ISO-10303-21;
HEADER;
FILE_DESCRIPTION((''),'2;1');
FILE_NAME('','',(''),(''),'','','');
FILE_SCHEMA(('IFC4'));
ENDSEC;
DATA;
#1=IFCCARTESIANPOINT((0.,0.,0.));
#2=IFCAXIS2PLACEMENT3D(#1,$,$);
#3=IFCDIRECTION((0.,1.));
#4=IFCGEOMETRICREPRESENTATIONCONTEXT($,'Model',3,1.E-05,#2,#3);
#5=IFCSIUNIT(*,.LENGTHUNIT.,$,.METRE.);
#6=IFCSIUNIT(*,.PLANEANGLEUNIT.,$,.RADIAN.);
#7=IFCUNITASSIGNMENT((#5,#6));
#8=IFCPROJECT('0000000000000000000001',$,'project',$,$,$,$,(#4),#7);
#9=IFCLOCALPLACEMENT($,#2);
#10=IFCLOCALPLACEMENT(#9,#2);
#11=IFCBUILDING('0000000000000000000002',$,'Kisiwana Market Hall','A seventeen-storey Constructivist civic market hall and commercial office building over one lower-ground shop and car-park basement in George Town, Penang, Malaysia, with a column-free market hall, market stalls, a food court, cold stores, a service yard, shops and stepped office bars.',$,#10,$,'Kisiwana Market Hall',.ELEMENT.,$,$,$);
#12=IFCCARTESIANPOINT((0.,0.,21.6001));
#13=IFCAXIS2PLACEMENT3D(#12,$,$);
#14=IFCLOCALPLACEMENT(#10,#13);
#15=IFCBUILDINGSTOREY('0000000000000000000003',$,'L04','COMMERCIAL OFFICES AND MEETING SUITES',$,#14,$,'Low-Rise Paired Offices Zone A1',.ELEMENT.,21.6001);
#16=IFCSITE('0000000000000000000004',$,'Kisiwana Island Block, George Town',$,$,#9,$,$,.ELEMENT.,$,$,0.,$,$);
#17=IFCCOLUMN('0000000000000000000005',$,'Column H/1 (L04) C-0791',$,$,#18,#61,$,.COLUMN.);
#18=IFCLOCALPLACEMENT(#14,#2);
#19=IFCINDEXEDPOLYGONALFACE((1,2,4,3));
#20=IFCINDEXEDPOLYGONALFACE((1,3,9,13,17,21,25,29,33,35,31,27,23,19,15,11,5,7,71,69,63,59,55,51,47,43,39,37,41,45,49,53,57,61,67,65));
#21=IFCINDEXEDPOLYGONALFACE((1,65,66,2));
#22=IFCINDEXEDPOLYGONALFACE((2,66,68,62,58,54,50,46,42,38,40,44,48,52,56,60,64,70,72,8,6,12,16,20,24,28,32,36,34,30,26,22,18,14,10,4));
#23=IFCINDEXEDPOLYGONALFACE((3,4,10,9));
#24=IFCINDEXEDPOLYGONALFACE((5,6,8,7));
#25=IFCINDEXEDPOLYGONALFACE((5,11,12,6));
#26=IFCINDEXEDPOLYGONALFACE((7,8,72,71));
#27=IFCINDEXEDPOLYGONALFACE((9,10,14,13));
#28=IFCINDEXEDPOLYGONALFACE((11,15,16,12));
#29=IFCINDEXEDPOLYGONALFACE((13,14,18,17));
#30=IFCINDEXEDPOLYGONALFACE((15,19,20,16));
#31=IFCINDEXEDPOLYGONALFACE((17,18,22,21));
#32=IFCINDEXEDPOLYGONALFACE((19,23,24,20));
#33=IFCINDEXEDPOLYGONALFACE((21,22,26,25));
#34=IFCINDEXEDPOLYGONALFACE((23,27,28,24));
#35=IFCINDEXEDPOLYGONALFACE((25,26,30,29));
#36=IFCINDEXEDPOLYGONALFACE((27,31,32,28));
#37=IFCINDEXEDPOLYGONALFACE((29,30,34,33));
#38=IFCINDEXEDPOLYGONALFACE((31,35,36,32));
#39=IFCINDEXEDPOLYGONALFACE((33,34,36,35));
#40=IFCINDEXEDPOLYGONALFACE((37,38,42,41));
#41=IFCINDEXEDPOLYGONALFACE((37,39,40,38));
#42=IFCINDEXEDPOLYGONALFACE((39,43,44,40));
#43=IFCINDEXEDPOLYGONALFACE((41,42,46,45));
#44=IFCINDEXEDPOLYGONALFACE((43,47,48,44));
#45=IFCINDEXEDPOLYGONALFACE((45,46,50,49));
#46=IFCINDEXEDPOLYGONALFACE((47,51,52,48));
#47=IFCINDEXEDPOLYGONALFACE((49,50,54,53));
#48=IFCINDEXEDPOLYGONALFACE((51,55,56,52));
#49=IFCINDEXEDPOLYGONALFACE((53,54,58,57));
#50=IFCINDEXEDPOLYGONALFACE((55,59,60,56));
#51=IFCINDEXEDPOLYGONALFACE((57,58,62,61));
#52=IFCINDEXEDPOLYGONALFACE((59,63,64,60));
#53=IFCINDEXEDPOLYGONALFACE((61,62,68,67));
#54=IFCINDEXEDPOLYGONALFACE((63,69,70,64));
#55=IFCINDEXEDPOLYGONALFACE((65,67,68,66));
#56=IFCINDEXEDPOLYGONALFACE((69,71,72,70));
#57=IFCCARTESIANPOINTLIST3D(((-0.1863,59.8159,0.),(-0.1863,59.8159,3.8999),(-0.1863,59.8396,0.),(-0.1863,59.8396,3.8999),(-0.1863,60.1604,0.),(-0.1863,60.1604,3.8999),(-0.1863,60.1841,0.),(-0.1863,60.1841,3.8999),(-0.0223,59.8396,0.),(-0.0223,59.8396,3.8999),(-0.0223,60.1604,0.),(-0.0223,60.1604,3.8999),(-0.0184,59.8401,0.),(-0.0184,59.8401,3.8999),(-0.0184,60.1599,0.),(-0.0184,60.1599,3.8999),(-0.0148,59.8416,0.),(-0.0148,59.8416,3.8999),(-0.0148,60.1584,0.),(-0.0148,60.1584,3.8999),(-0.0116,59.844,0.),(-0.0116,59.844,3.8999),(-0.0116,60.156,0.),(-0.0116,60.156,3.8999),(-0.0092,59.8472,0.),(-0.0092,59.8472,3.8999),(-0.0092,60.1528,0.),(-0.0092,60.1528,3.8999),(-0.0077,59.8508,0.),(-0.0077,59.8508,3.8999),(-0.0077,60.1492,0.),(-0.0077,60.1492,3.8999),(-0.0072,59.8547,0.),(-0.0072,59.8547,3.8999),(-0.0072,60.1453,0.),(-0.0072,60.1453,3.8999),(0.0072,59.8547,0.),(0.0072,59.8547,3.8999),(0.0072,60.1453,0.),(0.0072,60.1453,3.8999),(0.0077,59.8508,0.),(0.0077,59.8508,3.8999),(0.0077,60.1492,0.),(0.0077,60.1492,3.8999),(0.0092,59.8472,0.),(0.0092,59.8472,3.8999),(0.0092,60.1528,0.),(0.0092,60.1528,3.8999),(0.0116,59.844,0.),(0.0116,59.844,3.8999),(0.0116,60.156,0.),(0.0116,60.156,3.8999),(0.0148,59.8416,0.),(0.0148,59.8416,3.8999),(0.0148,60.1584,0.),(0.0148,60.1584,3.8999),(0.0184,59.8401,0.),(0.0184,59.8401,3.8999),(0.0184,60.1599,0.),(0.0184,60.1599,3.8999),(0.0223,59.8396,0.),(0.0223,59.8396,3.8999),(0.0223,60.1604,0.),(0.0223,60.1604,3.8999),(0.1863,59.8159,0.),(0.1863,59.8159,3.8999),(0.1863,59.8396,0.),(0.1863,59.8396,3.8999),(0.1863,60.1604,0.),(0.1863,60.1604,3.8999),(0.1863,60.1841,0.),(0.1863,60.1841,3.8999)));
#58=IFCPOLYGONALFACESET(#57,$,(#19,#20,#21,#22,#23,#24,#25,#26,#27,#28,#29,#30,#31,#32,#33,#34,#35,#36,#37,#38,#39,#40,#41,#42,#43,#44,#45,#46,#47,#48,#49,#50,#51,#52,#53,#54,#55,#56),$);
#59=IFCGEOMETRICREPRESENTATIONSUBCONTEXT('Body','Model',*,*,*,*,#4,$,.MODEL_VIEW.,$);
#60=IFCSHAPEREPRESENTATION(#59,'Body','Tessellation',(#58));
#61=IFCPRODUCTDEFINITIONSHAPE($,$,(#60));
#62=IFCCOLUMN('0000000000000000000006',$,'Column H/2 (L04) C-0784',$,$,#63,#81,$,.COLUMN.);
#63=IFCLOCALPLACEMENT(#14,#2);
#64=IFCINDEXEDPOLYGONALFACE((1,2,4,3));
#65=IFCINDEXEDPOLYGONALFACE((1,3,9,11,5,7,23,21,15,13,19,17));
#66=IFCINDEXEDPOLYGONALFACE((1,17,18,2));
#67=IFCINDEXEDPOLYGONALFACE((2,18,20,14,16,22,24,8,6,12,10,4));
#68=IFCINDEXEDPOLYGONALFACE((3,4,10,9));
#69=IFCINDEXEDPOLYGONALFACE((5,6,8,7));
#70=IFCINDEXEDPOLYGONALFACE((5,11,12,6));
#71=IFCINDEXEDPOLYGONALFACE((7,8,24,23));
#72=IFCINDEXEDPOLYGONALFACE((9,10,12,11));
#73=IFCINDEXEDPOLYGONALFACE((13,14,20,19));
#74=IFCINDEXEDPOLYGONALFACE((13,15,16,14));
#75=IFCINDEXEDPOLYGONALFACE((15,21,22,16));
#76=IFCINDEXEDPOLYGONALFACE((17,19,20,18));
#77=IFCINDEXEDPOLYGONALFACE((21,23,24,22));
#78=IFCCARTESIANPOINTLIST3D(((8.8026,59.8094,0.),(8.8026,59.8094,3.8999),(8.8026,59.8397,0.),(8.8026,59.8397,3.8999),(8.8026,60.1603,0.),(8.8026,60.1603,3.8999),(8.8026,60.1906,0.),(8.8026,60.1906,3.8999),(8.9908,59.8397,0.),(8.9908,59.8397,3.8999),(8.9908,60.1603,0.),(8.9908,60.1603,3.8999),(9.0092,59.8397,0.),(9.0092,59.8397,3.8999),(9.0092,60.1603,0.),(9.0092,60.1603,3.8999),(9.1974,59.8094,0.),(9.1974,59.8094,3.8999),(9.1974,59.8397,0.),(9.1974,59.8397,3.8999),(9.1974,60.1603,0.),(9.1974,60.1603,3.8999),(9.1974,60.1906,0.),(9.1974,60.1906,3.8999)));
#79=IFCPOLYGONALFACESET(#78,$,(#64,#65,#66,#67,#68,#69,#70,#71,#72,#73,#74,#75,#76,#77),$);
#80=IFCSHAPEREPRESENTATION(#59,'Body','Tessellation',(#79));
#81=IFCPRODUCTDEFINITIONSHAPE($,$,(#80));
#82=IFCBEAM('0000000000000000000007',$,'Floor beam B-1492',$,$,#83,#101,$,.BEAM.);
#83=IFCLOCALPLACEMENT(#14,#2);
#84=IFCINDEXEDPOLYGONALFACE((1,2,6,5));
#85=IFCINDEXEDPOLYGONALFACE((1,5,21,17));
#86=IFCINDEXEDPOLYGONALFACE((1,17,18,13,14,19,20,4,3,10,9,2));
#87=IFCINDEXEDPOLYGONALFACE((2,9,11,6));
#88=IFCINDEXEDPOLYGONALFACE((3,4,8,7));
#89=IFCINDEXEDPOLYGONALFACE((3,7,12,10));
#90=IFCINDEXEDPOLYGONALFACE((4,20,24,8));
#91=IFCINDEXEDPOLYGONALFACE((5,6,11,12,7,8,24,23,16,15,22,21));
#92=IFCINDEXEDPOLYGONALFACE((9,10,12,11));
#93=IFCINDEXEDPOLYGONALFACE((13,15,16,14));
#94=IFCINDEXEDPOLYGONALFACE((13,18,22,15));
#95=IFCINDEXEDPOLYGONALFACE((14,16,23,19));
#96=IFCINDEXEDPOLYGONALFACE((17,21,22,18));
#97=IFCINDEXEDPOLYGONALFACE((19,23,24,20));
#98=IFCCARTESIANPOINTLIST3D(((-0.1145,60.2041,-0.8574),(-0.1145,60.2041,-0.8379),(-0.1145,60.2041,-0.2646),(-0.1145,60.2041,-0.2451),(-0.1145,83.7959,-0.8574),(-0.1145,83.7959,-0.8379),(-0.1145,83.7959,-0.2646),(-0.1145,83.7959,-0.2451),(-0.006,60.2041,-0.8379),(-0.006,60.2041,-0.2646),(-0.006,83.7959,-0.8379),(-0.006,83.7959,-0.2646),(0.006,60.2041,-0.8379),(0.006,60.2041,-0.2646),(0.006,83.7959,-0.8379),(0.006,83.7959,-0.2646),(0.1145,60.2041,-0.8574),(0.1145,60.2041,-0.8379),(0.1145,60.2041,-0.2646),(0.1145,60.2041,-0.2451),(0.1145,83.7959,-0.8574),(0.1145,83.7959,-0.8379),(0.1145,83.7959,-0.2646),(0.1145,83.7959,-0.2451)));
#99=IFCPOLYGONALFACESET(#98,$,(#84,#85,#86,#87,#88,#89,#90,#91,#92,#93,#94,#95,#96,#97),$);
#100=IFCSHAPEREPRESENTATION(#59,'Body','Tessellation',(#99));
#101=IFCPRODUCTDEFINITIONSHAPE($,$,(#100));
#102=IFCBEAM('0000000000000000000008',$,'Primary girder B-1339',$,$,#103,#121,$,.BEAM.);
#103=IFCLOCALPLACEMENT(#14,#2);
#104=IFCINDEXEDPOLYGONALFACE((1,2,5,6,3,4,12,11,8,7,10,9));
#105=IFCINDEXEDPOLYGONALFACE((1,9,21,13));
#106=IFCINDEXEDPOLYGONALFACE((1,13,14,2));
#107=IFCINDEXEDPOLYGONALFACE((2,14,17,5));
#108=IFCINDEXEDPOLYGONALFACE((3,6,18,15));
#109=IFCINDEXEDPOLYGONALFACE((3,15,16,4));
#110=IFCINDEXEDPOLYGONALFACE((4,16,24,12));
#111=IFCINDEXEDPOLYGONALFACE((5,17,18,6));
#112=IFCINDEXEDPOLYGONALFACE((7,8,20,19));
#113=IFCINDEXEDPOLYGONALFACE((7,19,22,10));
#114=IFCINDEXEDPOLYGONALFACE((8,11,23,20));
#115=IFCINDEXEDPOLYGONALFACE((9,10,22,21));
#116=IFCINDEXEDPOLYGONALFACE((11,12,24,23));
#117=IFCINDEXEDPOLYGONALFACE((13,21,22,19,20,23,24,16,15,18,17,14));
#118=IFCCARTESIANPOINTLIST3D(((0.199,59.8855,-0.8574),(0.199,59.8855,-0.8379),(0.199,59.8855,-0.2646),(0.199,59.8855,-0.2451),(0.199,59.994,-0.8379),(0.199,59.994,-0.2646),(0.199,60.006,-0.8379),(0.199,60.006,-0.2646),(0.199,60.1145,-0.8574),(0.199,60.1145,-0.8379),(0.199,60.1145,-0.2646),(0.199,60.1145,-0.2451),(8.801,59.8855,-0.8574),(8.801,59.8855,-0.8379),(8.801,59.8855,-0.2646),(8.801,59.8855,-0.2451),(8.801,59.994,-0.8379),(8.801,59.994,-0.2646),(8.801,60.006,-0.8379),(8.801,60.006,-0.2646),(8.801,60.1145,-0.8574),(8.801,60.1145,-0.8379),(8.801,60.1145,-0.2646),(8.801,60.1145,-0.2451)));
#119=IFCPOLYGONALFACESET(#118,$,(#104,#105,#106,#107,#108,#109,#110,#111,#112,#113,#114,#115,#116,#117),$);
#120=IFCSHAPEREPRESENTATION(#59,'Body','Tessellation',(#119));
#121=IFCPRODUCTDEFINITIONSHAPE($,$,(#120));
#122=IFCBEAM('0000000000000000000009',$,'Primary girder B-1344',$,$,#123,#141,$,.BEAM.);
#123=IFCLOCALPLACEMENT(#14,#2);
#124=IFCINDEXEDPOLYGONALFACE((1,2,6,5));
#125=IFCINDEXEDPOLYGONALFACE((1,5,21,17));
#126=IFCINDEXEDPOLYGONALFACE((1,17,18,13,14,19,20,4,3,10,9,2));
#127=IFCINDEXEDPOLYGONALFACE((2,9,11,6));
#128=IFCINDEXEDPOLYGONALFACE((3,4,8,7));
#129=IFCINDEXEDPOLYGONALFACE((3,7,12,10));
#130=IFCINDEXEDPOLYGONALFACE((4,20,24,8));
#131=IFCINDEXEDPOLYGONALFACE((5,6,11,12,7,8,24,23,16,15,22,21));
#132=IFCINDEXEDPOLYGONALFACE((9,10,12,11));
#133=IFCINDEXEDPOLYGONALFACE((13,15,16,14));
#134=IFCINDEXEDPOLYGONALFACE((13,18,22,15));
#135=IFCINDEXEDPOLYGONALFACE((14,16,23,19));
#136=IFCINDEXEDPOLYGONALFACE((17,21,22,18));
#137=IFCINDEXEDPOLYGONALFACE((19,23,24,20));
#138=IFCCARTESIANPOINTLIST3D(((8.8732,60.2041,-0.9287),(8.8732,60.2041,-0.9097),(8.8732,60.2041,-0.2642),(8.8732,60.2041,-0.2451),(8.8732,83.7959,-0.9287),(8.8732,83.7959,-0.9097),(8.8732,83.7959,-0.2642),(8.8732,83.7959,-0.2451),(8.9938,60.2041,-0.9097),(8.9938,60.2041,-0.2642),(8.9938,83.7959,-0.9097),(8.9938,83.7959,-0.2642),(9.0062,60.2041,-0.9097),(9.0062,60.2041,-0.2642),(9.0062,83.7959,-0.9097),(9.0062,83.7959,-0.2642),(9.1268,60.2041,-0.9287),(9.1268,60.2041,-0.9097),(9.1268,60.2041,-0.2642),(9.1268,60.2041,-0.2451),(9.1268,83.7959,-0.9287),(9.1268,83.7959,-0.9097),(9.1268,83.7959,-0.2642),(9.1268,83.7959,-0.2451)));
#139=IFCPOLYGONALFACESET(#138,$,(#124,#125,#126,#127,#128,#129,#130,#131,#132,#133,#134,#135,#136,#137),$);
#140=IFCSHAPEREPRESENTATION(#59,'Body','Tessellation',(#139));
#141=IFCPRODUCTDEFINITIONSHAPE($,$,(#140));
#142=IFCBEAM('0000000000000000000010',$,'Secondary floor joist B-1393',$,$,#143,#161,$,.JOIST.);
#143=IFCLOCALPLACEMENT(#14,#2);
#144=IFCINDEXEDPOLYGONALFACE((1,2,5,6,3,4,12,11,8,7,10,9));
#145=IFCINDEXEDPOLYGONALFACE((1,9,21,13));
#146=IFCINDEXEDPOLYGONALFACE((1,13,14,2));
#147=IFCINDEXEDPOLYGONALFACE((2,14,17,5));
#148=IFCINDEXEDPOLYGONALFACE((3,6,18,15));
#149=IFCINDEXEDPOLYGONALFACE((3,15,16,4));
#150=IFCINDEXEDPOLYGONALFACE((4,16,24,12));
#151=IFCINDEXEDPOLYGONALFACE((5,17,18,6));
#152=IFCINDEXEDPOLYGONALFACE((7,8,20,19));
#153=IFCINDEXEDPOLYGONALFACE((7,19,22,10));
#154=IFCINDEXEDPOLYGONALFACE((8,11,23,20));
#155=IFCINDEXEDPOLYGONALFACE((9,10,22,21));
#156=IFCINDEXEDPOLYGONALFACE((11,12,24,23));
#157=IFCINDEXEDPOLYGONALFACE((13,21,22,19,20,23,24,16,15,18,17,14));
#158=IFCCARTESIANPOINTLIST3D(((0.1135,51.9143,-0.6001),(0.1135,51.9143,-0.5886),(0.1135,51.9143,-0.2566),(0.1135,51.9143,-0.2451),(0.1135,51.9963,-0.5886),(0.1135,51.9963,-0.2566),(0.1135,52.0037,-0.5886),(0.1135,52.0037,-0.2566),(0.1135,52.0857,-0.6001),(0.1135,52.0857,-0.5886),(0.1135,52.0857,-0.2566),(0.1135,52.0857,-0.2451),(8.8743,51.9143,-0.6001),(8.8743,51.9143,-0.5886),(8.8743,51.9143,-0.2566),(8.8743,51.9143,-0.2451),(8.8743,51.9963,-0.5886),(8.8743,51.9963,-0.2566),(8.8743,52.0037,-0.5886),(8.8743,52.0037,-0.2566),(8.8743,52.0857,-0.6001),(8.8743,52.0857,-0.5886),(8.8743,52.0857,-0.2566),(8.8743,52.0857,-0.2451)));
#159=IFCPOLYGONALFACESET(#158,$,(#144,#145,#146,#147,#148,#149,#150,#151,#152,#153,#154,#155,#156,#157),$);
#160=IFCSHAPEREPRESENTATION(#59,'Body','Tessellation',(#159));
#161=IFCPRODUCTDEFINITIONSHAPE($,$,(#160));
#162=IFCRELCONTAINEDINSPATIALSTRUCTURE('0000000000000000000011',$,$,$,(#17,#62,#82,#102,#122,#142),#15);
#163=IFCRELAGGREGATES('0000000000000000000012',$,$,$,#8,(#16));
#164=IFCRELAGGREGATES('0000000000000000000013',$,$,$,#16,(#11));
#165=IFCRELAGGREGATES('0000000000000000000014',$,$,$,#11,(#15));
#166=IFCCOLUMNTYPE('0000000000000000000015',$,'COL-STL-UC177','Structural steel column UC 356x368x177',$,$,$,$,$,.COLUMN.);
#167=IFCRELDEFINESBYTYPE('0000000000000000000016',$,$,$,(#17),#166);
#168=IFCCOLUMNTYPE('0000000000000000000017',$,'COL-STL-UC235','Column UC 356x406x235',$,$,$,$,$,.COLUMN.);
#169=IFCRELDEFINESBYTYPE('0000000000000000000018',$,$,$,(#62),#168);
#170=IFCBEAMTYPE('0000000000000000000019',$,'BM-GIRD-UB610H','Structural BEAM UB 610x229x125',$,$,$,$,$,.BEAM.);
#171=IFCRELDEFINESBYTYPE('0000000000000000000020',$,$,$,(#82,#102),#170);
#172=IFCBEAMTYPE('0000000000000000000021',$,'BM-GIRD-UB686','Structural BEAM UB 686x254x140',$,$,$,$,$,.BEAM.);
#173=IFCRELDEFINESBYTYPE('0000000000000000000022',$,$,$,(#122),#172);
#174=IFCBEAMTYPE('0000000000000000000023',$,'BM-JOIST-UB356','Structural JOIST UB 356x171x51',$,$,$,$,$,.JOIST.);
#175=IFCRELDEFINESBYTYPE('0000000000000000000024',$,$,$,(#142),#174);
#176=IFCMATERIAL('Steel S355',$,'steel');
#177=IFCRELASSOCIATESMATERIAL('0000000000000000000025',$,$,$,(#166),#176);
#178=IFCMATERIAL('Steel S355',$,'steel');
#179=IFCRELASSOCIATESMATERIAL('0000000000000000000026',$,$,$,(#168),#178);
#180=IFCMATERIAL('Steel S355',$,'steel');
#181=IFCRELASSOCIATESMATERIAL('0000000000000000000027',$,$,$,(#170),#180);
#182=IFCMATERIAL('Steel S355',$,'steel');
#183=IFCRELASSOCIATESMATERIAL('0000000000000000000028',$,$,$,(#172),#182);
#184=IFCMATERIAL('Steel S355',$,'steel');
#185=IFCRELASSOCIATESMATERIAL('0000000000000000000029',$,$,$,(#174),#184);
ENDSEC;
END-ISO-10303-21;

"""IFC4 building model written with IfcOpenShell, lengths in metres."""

from ifc_helpers import new_model, si_unit, direction, frame, origin, origin_2d, place, context, subcontext, project, spatial, i_section, extrude, material, material_profile, profile_set, type_object, element, save


model = new_model("IFC4")

# Units and contexts
model_context = context("Model", 3, precision=1e-05, world=origin(), true_north=direction((0.0, 1.0)))
body_context = subcontext(model_context, "Body", "Model", "MODEL_VIEW")
ifc_project = project(units=[si_unit("LENGTHUNIT", "METRE"), si_unit("PLANEANGLEUNIT", "RADIAN")], contexts=[model_context])

# Site, building, storey
site_placement = place(None, origin())
site = spatial("IfcSite", under=ifc_project, at=site_placement, Name="Kisiwana Island Block, George Town", CompositionType="ELEMENT", RefElevation=0.0)
building_placement = place(site_placement, origin())
building = spatial("IfcBuilding", under=site, at=building_placement, Name="Kisiwana Market Hall", Description="A seventeen-storey Constructivist civic market hall and commercial office building over one lower-ground shop and car-park basement in George Town, Penang, Malaysia, with a column-free market hall, market stalls, a food court, cold stores, a service yard, shops and stepped office bars.", LongName="Kisiwana Market Hall", CompositionType="ELEMENT")
storey_placement = place(building_placement, frame((0.0, 0.0, 21.6001)))
storey = spatial("IfcBuildingStorey", under=building, at=storey_placement, Name="L04", Description="COMMERCIAL OFFICES AND MEETING SUITES", LongName="Low-Rise Paired Offices Zone A1", CompositionType="ELEMENT", Elevation=21.6001)

# Columns
ifc_material_1 = material(Name="Steel S355", Category="steel")
ifc_material_profile_1 = material_profile(ifc_material_1, i_section(OverallWidth=0.3726, OverallDepth=0.3682, WebThickness=0.0144, FlangeThickness=0.0237, FilletRadius=0.0151, at=origin_2d()), Name="UC 356x368x177")
ifc_profile_set_1 = profile_set([ifc_material_profile_1], Name="Steel S355")
column_type_1 = type_object("IfcColumnType", Name="COL-STL-UC177", Description="Structural steel column UC 356x368x177", PredefinedType="COLUMN", material=ifc_profile_set_1)
column_1_placement = place(storey_placement, frame((0.0, 60.0, 0.0), z_axis=(0.0, 0.0, 1.0), x_axis=(1.0, 0.0, 0.0)))
element("IfcColumn", 1, at=column_1_placement, inside=storey, type_object=column_type_1, Name="Column H/1 (L04) C-0791", PredefinedType="COLUMN", context=body_context, shape_type="SweptSolid", body=[
    extrude(i_section(OverallWidth=0.3726, OverallDepth=0.3682, WebThickness=0.0144, FlangeThickness=0.0237, FilletRadius=0.0151, at=origin_2d()), origin(), (0.0, 0.0, 1.0), 3.8999),
])
ifc_material_2 = material(Name="Steel S355", Category="steel")
ifc_material_profile_2 = material_profile(ifc_material_2, i_section(OverallWidth=0.3948, OverallDepth=0.3811, WebThickness=0.0183, FlangeThickness=0.0303, at=origin_2d()), Name="UC 356x406x235")
ifc_profile_set_2 = profile_set([ifc_material_profile_2], Name="Steel S355")
column_type_2 = type_object("IfcColumnType", Name="COL-STL-UC235", Description="Column UC 356x406x235", PredefinedType="COLUMN", material=ifc_profile_set_2)
column_2_placement = place(storey_placement, frame((9.0, 60.0, 0.0), z_axis=(0.0, 0.0, 1.0), x_axis=(1.0, 0.0, 0.0)))
element("IfcColumn", 2, at=column_2_placement, inside=storey, type_object=column_type_2, Name="Column H/2 (L04) C-0784", PredefinedType="COLUMN", context=body_context, shape_type="SweptSolid", body=[
    extrude(i_section(OverallWidth=0.3948, OverallDepth=0.3811, WebThickness=0.0183, FlangeThickness=0.0303, at=origin_2d()), origin(), (0.0, 0.0, 1.0), 3.8999),
])

# Beams
ifc_material_3 = material(Name="Steel S355", Category="steel")
ifc_material_profile_3 = material_profile(ifc_material_3, i_section(OverallWidth=0.229, OverallDepth=0.6123, WebThickness=0.012, FlangeThickness=0.0195, at=origin_2d()), Name="UB 610x229x125")
ifc_profile_set_3 = profile_set([ifc_material_profile_3], Name="Steel S355")
beam_type_1 = type_object("IfcBeamType", Name="BM-GIRD-UB610H", Description="Structural BEAM UB 610x229x125", PredefinedType="BEAM", material=ifc_profile_set_3)
beam_1_placement = place(storey_placement, frame((0.0, 60.2041, -0.5513), z_axis=(0.0, 1.0, 0.0), x_axis=(-1.0, 0.0, 0.0)))
element("IfcBeam", 3, at=beam_1_placement, inside=storey, type_object=beam_type_1, Name="Floor beam B-1492", PredefinedType="BEAM", context=body_context, shape_type="SweptSolid", body=[
    extrude(i_section(OverallWidth=0.229, OverallDepth=0.6123, WebThickness=0.012, FlangeThickness=0.0195, at=origin_2d()), origin(), (0.0, 0.0, 1.0), 23.5918),
])
beam_2_placement = place(storey_placement, frame((0.199, 60.0, -0.5513), z_axis=(1.0, 0.0, 0.0), x_axis=(0.0, 1.0, 0.0)))
element("IfcBeam", 4, at=beam_2_placement, inside=storey, type_object=beam_type_1, Name="Primary girder B-1339", PredefinedType="BEAM", context=body_context, shape_type="SweptSolid", body=[
    extrude(i_section(OverallWidth=0.229, OverallDepth=0.6123, WebThickness=0.012, FlangeThickness=0.0195, at=origin_2d()), origin(), (0.0, 0.0, 1.0), 8.6021),
])
ifc_material_4 = material(Name="Steel S355", Category="steel")
ifc_material_profile_4 = material_profile(ifc_material_4, i_section(OverallWidth=0.2537, OverallDepth=0.6836, WebThickness=0.0125, FlangeThickness=0.019, at=origin_2d()), Name="UB 686x254x140")
ifc_profile_set_4 = profile_set([ifc_material_profile_4], Name="Steel S355")
beam_type_2 = type_object("IfcBeamType", Name="BM-GIRD-UB686", Description="Structural BEAM UB 686x254x140", PredefinedType="BEAM", material=ifc_profile_set_4)
beam_3_placement = place(storey_placement, frame((9.0, 60.2041, -0.5869), z_axis=(0.0, 1.0, 0.0), x_axis=(-1.0, 0.0, 0.0)))
element("IfcBeam", 5, at=beam_3_placement, inside=storey, type_object=beam_type_2, Name="Primary girder B-1344", PredefinedType="BEAM", context=body_context, shape_type="SweptSolid", body=[
    extrude(i_section(OverallWidth=0.2537, OverallDepth=0.6836, WebThickness=0.0125, FlangeThickness=0.019, at=origin_2d()), origin(), (0.0, 0.0, 1.0), 23.5918),
])
ifc_material_5 = material(Name="Steel S355", Category="steel")
ifc_material_profile_5 = material_profile(ifc_material_5, i_section(OverallWidth=0.1714, OverallDepth=0.355, WebThickness=0.0073, FlangeThickness=0.0115, at=origin_2d()), Name="UB 356x171x51")
ifc_profile_set_5 = profile_set([ifc_material_profile_5], Name="Steel S355")
beam_type_3 = type_object("IfcBeamType", Name="BM-JOIST-UB356", Description="Structural JOIST UB 356x171x51", PredefinedType="JOIST", material=ifc_profile_set_5)
beam_4_placement = place(storey_placement, frame((0.1135, 52.0, -0.4226), z_axis=(1.0, 0.0, 0.0), x_axis=(0.0, 1.0, 0.0)))
element("IfcBeam", 6, at=beam_4_placement, inside=storey, type_object=beam_type_3, Name="Secondary floor joist B-1393", PredefinedType="JOIST", context=body_context, shape_type="SweptSolid", body=[
    extrude(i_section(OverallWidth=0.1714, OverallDepth=0.355, WebThickness=0.0073, FlangeThickness=0.0115, at=origin_2d()), origin(), (0.0, 0.0, 1.0), 8.7607),
])

save(model, "model.ifc")
